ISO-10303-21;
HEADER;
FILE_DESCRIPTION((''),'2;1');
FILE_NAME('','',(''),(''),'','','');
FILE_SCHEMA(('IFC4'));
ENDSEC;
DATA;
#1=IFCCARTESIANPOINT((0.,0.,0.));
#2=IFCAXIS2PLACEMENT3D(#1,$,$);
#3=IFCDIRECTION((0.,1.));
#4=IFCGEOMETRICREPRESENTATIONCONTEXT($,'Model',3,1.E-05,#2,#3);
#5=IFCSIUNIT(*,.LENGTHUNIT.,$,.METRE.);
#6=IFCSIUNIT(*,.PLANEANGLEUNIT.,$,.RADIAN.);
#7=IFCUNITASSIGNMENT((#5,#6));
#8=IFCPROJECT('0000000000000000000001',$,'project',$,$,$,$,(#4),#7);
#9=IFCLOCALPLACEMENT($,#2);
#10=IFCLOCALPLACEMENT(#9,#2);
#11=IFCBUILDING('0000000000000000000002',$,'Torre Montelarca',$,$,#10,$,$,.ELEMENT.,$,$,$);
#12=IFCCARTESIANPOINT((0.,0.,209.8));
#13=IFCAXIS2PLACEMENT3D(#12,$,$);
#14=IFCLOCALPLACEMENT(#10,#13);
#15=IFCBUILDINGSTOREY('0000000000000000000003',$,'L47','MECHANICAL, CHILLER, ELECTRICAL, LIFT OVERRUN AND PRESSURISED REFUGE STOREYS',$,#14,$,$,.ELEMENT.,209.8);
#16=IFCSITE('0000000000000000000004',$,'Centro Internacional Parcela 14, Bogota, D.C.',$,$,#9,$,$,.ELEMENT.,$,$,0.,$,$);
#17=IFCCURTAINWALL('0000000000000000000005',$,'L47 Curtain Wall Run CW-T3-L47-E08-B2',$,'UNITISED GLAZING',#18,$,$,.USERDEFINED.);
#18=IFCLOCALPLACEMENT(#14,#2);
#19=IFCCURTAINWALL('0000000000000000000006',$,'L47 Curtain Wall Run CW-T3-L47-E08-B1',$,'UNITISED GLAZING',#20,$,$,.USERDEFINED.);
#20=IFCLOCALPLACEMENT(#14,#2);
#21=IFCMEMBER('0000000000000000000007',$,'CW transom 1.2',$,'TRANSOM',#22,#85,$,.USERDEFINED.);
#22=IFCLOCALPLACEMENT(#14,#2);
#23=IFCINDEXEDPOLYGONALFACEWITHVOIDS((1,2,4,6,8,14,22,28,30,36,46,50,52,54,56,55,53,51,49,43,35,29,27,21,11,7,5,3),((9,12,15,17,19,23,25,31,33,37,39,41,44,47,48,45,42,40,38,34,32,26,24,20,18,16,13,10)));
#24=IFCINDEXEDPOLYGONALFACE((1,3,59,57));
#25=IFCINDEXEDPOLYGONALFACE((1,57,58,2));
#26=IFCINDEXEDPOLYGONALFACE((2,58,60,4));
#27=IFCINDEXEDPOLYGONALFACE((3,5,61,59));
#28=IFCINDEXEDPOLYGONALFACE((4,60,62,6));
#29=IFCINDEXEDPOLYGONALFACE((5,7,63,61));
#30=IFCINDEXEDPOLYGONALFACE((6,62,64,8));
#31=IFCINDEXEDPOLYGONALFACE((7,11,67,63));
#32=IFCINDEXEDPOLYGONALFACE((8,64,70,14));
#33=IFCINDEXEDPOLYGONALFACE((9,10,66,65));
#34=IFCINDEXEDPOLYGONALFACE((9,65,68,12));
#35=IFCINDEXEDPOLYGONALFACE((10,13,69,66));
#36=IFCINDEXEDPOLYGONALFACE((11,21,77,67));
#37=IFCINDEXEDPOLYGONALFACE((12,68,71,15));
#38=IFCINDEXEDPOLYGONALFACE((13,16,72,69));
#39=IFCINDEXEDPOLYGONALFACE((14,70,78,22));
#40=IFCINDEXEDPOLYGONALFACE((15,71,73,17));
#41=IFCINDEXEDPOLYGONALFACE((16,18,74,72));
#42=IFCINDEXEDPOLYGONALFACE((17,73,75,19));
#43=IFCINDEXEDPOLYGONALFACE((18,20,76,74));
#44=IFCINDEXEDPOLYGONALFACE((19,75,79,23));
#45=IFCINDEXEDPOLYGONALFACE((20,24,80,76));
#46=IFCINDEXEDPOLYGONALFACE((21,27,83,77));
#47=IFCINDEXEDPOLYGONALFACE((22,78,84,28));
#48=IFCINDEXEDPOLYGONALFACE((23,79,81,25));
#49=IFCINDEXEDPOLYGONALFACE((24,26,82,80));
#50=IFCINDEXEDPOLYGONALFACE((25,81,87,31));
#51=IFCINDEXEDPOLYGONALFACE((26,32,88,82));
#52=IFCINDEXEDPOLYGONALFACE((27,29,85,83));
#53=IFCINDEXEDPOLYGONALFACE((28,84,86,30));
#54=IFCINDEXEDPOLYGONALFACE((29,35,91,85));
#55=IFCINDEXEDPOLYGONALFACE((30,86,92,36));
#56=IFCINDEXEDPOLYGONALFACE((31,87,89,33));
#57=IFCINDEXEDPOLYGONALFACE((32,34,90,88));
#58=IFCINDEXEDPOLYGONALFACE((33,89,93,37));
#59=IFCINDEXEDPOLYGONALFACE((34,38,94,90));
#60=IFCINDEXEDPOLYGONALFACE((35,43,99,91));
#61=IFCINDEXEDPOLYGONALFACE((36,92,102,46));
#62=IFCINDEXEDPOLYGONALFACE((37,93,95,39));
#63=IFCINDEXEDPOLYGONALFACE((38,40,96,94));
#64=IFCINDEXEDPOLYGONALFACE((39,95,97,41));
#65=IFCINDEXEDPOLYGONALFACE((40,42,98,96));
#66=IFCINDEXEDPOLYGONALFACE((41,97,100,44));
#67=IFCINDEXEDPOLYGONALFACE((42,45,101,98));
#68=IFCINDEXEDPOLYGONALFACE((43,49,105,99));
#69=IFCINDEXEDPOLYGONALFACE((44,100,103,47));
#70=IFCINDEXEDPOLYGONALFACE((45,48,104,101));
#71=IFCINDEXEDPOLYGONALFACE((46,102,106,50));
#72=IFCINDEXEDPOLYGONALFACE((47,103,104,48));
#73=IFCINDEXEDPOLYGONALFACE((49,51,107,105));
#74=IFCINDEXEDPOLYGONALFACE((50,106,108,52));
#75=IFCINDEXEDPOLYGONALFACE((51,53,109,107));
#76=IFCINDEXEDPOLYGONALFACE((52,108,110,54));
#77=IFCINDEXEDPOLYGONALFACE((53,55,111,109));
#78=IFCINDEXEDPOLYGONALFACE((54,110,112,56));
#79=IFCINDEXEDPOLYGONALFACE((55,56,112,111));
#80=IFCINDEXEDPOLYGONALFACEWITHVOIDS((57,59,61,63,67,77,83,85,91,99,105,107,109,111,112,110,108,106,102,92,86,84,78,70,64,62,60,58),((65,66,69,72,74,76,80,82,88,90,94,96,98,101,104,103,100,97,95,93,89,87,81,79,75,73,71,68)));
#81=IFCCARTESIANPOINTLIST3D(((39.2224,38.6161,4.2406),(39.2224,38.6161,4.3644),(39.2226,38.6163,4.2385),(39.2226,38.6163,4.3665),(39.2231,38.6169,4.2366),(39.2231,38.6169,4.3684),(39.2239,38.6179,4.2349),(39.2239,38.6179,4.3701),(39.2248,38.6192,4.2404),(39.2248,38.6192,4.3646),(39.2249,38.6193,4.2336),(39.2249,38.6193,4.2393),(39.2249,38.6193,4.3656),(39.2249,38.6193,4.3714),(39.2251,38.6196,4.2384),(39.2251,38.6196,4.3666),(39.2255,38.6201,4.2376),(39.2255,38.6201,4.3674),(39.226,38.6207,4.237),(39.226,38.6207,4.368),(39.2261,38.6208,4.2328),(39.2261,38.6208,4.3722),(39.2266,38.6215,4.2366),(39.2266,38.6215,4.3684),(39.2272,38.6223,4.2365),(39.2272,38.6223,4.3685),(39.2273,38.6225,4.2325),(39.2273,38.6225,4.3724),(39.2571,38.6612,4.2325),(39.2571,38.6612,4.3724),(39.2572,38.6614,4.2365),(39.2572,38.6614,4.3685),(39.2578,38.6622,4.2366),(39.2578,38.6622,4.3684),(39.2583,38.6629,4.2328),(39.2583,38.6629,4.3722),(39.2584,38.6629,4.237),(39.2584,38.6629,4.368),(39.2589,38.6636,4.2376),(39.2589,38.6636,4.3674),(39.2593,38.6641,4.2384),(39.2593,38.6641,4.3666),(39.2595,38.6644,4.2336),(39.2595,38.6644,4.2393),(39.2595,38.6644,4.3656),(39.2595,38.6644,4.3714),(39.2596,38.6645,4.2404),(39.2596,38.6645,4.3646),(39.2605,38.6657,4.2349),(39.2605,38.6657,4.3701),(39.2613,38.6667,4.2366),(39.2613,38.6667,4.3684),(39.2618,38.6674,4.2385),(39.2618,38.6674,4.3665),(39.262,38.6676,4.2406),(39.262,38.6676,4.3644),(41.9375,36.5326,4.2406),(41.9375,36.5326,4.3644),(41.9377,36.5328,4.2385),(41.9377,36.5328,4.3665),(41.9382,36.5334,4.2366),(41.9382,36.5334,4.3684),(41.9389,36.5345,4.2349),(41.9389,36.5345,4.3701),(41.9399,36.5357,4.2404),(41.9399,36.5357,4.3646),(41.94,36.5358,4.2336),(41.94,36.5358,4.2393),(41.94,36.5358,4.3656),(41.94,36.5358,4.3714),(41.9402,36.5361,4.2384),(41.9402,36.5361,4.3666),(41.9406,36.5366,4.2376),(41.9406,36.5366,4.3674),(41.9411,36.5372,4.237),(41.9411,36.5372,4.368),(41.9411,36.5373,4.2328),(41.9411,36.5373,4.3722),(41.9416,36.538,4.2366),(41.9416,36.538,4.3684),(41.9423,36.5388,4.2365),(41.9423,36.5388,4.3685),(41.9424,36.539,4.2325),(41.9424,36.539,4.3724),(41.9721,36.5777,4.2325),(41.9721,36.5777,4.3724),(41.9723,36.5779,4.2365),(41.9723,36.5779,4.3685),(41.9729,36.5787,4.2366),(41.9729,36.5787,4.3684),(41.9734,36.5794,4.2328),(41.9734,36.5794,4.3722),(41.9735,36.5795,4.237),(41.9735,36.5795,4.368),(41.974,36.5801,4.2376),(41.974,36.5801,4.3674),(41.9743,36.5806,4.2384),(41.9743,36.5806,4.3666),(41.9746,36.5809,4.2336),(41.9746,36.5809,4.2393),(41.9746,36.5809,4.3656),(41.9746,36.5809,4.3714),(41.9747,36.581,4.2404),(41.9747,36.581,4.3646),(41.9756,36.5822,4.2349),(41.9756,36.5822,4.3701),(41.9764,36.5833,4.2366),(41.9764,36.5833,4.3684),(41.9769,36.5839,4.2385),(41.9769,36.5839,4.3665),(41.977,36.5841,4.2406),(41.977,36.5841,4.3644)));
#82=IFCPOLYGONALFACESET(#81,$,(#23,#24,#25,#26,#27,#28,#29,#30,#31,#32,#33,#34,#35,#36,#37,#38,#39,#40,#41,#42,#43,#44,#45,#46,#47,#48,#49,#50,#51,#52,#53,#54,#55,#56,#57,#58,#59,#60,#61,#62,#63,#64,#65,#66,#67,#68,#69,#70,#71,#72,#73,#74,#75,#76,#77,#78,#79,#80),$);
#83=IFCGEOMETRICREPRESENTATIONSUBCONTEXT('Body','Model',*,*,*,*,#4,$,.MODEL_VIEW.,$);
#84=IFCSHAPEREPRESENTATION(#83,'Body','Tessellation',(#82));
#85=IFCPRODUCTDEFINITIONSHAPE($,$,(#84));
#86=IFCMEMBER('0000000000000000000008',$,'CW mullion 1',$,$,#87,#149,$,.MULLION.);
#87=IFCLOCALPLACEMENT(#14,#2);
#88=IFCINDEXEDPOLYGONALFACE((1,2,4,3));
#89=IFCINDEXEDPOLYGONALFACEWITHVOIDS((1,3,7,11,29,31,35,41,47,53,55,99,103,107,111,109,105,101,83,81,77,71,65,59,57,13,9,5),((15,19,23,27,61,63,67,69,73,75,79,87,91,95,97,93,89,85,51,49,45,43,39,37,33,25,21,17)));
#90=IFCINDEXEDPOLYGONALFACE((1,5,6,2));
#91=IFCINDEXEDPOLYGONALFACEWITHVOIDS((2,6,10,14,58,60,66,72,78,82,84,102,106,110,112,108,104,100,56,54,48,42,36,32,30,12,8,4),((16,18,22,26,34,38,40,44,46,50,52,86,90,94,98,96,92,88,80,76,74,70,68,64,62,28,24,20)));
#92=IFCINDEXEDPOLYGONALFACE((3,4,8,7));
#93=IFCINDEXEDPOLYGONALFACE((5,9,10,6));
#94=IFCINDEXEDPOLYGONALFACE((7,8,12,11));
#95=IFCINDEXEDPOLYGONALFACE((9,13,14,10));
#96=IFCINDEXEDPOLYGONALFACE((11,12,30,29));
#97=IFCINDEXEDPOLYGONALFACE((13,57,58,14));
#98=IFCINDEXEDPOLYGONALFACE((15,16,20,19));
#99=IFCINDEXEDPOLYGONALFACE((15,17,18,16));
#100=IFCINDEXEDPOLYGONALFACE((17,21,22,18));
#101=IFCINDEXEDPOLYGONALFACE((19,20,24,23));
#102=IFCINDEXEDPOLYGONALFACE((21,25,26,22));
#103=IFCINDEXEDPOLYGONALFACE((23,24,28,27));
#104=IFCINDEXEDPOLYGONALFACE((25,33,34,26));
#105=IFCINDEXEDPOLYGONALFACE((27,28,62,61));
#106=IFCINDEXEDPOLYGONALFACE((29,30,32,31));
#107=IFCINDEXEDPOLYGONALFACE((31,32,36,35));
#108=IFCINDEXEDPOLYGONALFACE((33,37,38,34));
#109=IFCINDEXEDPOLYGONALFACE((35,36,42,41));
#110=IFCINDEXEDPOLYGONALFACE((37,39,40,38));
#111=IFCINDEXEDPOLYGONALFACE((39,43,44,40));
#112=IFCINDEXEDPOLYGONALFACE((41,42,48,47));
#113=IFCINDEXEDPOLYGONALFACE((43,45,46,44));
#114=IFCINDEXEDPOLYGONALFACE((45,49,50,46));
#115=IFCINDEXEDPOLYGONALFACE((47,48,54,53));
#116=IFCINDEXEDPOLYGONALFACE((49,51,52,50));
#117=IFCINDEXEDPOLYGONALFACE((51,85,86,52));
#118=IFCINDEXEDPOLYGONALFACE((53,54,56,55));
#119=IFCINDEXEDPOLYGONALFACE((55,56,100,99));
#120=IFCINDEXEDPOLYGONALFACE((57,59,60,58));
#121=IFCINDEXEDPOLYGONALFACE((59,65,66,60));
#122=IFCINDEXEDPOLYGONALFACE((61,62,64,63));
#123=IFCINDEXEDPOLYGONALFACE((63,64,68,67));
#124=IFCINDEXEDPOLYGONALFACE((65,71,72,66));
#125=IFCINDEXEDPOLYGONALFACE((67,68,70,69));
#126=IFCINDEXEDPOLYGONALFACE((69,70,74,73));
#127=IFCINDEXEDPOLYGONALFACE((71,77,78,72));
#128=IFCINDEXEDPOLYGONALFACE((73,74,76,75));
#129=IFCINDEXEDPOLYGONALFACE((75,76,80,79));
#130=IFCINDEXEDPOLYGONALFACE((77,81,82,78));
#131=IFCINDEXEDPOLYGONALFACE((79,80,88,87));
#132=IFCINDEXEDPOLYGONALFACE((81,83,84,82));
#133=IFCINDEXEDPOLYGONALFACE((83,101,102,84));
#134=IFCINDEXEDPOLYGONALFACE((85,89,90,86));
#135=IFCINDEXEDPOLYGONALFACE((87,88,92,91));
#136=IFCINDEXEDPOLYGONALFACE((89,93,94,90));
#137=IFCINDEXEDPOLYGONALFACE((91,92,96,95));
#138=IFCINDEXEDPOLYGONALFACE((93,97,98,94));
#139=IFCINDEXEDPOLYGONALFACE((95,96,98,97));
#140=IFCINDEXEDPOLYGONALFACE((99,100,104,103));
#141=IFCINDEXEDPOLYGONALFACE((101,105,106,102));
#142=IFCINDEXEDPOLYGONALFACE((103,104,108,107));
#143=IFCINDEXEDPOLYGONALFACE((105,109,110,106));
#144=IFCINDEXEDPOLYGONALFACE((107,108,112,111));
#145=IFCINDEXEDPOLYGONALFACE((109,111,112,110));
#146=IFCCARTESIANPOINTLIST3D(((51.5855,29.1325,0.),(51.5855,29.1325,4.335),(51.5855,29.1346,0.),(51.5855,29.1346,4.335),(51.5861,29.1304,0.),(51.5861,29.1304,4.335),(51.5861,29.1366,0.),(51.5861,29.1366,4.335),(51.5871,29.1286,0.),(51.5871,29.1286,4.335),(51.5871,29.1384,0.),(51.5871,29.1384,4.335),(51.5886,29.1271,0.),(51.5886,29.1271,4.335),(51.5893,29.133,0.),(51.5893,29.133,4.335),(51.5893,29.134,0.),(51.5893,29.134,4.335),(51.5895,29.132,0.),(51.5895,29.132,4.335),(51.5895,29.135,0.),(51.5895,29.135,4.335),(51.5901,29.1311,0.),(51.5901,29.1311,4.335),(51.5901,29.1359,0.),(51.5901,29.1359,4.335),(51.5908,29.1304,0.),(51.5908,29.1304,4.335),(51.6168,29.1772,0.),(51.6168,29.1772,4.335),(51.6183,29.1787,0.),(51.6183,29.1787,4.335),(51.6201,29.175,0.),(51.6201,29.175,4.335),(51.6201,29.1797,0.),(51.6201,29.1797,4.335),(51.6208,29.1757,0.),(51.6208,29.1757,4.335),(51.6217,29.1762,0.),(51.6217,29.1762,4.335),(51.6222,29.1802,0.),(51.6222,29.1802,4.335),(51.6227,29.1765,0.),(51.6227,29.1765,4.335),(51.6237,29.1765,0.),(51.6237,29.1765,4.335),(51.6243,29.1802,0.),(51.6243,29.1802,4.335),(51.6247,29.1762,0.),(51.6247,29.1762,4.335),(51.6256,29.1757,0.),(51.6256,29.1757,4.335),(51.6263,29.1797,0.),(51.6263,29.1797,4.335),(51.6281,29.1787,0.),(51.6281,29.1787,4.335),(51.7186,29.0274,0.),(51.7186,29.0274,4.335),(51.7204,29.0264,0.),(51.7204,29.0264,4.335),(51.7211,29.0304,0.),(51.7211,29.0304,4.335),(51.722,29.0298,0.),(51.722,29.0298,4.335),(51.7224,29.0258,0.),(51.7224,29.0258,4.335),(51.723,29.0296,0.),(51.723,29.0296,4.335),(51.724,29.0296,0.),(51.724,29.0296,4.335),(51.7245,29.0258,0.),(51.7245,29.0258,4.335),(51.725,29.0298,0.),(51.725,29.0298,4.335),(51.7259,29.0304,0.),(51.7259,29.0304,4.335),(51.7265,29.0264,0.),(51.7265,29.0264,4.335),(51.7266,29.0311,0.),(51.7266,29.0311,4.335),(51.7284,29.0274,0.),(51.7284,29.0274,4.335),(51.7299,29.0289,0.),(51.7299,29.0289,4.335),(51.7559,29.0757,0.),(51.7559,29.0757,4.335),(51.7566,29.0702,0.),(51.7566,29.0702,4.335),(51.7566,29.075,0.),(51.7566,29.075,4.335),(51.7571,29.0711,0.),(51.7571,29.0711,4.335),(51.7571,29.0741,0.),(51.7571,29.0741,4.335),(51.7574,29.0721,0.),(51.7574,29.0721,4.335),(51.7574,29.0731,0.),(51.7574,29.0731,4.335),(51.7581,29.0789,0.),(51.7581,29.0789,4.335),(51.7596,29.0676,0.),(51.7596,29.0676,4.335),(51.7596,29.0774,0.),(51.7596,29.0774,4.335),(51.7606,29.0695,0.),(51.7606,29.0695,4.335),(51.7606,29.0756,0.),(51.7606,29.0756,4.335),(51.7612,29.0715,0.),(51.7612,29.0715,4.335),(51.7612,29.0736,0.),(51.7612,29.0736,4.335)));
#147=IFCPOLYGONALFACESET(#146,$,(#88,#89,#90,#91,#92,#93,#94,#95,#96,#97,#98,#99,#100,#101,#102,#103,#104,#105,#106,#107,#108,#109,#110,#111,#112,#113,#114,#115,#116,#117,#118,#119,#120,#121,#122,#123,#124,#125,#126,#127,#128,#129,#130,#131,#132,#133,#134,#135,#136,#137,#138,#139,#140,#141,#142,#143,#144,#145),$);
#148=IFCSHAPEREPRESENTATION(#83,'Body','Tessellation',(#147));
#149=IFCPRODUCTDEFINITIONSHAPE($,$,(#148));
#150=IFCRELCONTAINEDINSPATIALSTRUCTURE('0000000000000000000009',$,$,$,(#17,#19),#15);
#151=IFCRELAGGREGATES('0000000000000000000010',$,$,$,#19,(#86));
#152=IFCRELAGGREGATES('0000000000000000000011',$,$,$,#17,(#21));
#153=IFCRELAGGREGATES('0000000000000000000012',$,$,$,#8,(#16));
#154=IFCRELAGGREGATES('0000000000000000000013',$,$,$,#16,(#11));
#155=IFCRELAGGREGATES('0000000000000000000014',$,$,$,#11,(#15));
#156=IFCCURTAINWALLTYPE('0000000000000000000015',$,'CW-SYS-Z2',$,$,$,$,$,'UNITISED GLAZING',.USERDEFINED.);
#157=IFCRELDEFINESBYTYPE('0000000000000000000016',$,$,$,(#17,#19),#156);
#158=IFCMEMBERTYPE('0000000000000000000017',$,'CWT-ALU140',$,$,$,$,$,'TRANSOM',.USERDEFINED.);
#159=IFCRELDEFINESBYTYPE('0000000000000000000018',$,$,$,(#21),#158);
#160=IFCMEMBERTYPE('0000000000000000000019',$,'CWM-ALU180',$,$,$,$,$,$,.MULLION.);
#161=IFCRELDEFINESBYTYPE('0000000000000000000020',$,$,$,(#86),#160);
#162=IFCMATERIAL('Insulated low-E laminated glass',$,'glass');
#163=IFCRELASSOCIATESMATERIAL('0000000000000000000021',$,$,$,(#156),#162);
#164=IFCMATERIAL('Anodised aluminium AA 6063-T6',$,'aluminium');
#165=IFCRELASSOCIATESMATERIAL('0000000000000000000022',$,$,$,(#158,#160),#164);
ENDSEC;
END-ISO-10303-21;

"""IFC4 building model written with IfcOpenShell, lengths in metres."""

from ifc_helpers import new_model, si_unit, direction, frame, origin, origin_2d, place, context, subcontext, project, spatial, hollow_rectangle, extrude, source, transform, mapped, material, material_profile, profile_set, type_object, element, aggregate, save


model = new_model("IFC4")

# Units and contexts
model_context = context("Model", 3, precision=1e-05, world=origin(), true_north=direction((0.0, 1.0)))
body_context = subcontext(model_context, "Body", "Model", "MODEL_VIEW")
ifc_project = project(units=[si_unit("LENGTHUNIT", "METRE"), si_unit("PLANEANGLEUNIT", "RADIAN")], contexts=[model_context])

# Site, building, storey
site_placement = place(None, origin())
site = spatial("IfcSite", under=ifc_project, at=site_placement, Name="Centro Internacional Parcela 14, Bogota, D.C.", CompositionType="ELEMENT", RefElevation=0.0)
building_placement = place(site_placement, origin())
building = spatial("IfcBuilding", under=site, at=building_placement, Name="Torre Montelarca", CompositionType="ELEMENT")
storey_placement = place(building_placement, frame((0.0, 0.0, 209.8)))
storey = spatial("IfcBuildingStorey", under=building, at=storey_placement, Name="L47", Description="MECHANICAL, CHILLER, ELECTRICAL, LIFT OVERRUN AND PRESSURISED REFUGE STOREYS", CompositionType="ELEMENT", Elevation=209.8)

# Curtain walls
ifc_material_1 = material(Name="Insulated low-E laminated glass", Category="glass")
curtain_wall_type = type_object("IfcCurtainWallType", Name="CW-SYS-Z2", ElementType="UNITISED GLAZING", PredefinedType="USERDEFINED", material=ifc_material_1)
ifc_material_2 = material(Name="Anodised aluminium AA 6063-T6", Category="aluminium")
ifc_material_profile_1 = material_profile(ifc_material_2, hollow_rectangle(XDim=0.0649, YDim=0.1399, WallThickness=0.0039, InnerFilletRadius=0.0039, OuterFilletRadius=0.0081, at=origin_2d()), Name="ALU65X140X4", Category="aluminium")
ifc_profile_set_1 = profile_set([ifc_material_profile_1], Name="Anodised aluminium AA 6063-T6")
member_type_1 = type_object("IfcMemberType", Name="CWT-ALU140", ElementType="TRANSOM", PredefinedType="USERDEFINED", material=ifc_profile_set_1)
ifc_material_profile_2 = material_profile(ifc_material_2, hollow_rectangle(XDim=0.0649, YDim=0.1799, WallThickness=0.0039, InnerFilletRadius=0.0039, OuterFilletRadius=0.0081, at=origin_2d()), Name="ALU65X180X4", Category="aluminium")
ifc_profile_set_2 = profile_set([ifc_material_profile_2], Name="Anodised aluminium AA 6063-T6")
member_type_2 = type_object("IfcMemberType", Name="CWM-ALU180", PredefinedType="MULLION", material=ifc_profile_set_2)
curtain_wall_1_placement = place(storey_placement, origin())
curtain_wall_1 = element("IfcCurtainWall", 1, at=curtain_wall_1_placement, inside=storey, type_object=curtain_wall_type, Name="L47 Curtain Wall Run CW-T3-L47-E08-B2", ObjectType="UNITISED GLAZING", PredefinedType="USERDEFINED")
curtain_wall_2_placement = place(storey_placement, origin())
curtain_wall_2 = element("IfcCurtainWall", 2, at=curtain_wall_2_placement, inside=storey, type_object=curtain_wall_type, Name="L47 Curtain Wall Run CW-T3-L47-E08-B1", ObjectType="UNITISED GLAZING", PredefinedType="USERDEFINED")

# Members
shared_shape_1 = source(origin(), body_context, "Body", "SweptSolid", [
    extrude(hollow_rectangle(XDim=0.0649, YDim=0.1399, WallThickness=0.0039, InnerFilletRadius=0.0039, OuterFilletRadius=0.0081, at=origin_2d()), origin(), (0.0, 0.0, 1.0), 3.4224),
])
member_1_placement = place(storey_placement, frame((41.9573, 36.5583, 4.3025), z_axis=(-0.793334, 0.608786, 0.0), x_axis=(-0.608786, -0.793334, 0.0)))
member_1 = element("IfcMember", 3, at=member_1_placement, type_object=member_type_1, Name="CW transom 1.2", ObjectType="TRANSOM", PredefinedType="USERDEFINED", context=body_context, shape_type="MappedRepresentation", body=[
    mapped(shared_shape_1, transform((0.0, 0.0, 0.0), scale=1.0)),
])
shared_shape_2 = source(origin(), body_context, "Body", "SweptSolid", [
    extrude(hollow_rectangle(XDim=0.0649, YDim=0.1799, WallThickness=0.0039, InnerFilletRadius=0.0039, OuterFilletRadius=0.0081, at=origin_2d()), origin(), (0.0, 0.0, 1.0), 4.335),
])
member_2_placement = place(storey_placement, frame((51.6733, 29.103, 0.0), z_axis=(0.0, 0.0, 1.0), x_axis=(-0.608758, -0.793356, 0.0)))
member_2 = element("IfcMember", 4, at=member_2_placement, type_object=member_type_2, Name="CW mullion 1", PredefinedType="MULLION", context=body_context, shape_type="MappedRepresentation", body=[
    mapped(shared_shape_2, transform((0.0, 0.0, 0.0), scale=1.0)),
])

aggregate(curtain_wall_2, [member_2])
aggregate(curtain_wall_1, [member_1])

save(model, "model.ifc")
